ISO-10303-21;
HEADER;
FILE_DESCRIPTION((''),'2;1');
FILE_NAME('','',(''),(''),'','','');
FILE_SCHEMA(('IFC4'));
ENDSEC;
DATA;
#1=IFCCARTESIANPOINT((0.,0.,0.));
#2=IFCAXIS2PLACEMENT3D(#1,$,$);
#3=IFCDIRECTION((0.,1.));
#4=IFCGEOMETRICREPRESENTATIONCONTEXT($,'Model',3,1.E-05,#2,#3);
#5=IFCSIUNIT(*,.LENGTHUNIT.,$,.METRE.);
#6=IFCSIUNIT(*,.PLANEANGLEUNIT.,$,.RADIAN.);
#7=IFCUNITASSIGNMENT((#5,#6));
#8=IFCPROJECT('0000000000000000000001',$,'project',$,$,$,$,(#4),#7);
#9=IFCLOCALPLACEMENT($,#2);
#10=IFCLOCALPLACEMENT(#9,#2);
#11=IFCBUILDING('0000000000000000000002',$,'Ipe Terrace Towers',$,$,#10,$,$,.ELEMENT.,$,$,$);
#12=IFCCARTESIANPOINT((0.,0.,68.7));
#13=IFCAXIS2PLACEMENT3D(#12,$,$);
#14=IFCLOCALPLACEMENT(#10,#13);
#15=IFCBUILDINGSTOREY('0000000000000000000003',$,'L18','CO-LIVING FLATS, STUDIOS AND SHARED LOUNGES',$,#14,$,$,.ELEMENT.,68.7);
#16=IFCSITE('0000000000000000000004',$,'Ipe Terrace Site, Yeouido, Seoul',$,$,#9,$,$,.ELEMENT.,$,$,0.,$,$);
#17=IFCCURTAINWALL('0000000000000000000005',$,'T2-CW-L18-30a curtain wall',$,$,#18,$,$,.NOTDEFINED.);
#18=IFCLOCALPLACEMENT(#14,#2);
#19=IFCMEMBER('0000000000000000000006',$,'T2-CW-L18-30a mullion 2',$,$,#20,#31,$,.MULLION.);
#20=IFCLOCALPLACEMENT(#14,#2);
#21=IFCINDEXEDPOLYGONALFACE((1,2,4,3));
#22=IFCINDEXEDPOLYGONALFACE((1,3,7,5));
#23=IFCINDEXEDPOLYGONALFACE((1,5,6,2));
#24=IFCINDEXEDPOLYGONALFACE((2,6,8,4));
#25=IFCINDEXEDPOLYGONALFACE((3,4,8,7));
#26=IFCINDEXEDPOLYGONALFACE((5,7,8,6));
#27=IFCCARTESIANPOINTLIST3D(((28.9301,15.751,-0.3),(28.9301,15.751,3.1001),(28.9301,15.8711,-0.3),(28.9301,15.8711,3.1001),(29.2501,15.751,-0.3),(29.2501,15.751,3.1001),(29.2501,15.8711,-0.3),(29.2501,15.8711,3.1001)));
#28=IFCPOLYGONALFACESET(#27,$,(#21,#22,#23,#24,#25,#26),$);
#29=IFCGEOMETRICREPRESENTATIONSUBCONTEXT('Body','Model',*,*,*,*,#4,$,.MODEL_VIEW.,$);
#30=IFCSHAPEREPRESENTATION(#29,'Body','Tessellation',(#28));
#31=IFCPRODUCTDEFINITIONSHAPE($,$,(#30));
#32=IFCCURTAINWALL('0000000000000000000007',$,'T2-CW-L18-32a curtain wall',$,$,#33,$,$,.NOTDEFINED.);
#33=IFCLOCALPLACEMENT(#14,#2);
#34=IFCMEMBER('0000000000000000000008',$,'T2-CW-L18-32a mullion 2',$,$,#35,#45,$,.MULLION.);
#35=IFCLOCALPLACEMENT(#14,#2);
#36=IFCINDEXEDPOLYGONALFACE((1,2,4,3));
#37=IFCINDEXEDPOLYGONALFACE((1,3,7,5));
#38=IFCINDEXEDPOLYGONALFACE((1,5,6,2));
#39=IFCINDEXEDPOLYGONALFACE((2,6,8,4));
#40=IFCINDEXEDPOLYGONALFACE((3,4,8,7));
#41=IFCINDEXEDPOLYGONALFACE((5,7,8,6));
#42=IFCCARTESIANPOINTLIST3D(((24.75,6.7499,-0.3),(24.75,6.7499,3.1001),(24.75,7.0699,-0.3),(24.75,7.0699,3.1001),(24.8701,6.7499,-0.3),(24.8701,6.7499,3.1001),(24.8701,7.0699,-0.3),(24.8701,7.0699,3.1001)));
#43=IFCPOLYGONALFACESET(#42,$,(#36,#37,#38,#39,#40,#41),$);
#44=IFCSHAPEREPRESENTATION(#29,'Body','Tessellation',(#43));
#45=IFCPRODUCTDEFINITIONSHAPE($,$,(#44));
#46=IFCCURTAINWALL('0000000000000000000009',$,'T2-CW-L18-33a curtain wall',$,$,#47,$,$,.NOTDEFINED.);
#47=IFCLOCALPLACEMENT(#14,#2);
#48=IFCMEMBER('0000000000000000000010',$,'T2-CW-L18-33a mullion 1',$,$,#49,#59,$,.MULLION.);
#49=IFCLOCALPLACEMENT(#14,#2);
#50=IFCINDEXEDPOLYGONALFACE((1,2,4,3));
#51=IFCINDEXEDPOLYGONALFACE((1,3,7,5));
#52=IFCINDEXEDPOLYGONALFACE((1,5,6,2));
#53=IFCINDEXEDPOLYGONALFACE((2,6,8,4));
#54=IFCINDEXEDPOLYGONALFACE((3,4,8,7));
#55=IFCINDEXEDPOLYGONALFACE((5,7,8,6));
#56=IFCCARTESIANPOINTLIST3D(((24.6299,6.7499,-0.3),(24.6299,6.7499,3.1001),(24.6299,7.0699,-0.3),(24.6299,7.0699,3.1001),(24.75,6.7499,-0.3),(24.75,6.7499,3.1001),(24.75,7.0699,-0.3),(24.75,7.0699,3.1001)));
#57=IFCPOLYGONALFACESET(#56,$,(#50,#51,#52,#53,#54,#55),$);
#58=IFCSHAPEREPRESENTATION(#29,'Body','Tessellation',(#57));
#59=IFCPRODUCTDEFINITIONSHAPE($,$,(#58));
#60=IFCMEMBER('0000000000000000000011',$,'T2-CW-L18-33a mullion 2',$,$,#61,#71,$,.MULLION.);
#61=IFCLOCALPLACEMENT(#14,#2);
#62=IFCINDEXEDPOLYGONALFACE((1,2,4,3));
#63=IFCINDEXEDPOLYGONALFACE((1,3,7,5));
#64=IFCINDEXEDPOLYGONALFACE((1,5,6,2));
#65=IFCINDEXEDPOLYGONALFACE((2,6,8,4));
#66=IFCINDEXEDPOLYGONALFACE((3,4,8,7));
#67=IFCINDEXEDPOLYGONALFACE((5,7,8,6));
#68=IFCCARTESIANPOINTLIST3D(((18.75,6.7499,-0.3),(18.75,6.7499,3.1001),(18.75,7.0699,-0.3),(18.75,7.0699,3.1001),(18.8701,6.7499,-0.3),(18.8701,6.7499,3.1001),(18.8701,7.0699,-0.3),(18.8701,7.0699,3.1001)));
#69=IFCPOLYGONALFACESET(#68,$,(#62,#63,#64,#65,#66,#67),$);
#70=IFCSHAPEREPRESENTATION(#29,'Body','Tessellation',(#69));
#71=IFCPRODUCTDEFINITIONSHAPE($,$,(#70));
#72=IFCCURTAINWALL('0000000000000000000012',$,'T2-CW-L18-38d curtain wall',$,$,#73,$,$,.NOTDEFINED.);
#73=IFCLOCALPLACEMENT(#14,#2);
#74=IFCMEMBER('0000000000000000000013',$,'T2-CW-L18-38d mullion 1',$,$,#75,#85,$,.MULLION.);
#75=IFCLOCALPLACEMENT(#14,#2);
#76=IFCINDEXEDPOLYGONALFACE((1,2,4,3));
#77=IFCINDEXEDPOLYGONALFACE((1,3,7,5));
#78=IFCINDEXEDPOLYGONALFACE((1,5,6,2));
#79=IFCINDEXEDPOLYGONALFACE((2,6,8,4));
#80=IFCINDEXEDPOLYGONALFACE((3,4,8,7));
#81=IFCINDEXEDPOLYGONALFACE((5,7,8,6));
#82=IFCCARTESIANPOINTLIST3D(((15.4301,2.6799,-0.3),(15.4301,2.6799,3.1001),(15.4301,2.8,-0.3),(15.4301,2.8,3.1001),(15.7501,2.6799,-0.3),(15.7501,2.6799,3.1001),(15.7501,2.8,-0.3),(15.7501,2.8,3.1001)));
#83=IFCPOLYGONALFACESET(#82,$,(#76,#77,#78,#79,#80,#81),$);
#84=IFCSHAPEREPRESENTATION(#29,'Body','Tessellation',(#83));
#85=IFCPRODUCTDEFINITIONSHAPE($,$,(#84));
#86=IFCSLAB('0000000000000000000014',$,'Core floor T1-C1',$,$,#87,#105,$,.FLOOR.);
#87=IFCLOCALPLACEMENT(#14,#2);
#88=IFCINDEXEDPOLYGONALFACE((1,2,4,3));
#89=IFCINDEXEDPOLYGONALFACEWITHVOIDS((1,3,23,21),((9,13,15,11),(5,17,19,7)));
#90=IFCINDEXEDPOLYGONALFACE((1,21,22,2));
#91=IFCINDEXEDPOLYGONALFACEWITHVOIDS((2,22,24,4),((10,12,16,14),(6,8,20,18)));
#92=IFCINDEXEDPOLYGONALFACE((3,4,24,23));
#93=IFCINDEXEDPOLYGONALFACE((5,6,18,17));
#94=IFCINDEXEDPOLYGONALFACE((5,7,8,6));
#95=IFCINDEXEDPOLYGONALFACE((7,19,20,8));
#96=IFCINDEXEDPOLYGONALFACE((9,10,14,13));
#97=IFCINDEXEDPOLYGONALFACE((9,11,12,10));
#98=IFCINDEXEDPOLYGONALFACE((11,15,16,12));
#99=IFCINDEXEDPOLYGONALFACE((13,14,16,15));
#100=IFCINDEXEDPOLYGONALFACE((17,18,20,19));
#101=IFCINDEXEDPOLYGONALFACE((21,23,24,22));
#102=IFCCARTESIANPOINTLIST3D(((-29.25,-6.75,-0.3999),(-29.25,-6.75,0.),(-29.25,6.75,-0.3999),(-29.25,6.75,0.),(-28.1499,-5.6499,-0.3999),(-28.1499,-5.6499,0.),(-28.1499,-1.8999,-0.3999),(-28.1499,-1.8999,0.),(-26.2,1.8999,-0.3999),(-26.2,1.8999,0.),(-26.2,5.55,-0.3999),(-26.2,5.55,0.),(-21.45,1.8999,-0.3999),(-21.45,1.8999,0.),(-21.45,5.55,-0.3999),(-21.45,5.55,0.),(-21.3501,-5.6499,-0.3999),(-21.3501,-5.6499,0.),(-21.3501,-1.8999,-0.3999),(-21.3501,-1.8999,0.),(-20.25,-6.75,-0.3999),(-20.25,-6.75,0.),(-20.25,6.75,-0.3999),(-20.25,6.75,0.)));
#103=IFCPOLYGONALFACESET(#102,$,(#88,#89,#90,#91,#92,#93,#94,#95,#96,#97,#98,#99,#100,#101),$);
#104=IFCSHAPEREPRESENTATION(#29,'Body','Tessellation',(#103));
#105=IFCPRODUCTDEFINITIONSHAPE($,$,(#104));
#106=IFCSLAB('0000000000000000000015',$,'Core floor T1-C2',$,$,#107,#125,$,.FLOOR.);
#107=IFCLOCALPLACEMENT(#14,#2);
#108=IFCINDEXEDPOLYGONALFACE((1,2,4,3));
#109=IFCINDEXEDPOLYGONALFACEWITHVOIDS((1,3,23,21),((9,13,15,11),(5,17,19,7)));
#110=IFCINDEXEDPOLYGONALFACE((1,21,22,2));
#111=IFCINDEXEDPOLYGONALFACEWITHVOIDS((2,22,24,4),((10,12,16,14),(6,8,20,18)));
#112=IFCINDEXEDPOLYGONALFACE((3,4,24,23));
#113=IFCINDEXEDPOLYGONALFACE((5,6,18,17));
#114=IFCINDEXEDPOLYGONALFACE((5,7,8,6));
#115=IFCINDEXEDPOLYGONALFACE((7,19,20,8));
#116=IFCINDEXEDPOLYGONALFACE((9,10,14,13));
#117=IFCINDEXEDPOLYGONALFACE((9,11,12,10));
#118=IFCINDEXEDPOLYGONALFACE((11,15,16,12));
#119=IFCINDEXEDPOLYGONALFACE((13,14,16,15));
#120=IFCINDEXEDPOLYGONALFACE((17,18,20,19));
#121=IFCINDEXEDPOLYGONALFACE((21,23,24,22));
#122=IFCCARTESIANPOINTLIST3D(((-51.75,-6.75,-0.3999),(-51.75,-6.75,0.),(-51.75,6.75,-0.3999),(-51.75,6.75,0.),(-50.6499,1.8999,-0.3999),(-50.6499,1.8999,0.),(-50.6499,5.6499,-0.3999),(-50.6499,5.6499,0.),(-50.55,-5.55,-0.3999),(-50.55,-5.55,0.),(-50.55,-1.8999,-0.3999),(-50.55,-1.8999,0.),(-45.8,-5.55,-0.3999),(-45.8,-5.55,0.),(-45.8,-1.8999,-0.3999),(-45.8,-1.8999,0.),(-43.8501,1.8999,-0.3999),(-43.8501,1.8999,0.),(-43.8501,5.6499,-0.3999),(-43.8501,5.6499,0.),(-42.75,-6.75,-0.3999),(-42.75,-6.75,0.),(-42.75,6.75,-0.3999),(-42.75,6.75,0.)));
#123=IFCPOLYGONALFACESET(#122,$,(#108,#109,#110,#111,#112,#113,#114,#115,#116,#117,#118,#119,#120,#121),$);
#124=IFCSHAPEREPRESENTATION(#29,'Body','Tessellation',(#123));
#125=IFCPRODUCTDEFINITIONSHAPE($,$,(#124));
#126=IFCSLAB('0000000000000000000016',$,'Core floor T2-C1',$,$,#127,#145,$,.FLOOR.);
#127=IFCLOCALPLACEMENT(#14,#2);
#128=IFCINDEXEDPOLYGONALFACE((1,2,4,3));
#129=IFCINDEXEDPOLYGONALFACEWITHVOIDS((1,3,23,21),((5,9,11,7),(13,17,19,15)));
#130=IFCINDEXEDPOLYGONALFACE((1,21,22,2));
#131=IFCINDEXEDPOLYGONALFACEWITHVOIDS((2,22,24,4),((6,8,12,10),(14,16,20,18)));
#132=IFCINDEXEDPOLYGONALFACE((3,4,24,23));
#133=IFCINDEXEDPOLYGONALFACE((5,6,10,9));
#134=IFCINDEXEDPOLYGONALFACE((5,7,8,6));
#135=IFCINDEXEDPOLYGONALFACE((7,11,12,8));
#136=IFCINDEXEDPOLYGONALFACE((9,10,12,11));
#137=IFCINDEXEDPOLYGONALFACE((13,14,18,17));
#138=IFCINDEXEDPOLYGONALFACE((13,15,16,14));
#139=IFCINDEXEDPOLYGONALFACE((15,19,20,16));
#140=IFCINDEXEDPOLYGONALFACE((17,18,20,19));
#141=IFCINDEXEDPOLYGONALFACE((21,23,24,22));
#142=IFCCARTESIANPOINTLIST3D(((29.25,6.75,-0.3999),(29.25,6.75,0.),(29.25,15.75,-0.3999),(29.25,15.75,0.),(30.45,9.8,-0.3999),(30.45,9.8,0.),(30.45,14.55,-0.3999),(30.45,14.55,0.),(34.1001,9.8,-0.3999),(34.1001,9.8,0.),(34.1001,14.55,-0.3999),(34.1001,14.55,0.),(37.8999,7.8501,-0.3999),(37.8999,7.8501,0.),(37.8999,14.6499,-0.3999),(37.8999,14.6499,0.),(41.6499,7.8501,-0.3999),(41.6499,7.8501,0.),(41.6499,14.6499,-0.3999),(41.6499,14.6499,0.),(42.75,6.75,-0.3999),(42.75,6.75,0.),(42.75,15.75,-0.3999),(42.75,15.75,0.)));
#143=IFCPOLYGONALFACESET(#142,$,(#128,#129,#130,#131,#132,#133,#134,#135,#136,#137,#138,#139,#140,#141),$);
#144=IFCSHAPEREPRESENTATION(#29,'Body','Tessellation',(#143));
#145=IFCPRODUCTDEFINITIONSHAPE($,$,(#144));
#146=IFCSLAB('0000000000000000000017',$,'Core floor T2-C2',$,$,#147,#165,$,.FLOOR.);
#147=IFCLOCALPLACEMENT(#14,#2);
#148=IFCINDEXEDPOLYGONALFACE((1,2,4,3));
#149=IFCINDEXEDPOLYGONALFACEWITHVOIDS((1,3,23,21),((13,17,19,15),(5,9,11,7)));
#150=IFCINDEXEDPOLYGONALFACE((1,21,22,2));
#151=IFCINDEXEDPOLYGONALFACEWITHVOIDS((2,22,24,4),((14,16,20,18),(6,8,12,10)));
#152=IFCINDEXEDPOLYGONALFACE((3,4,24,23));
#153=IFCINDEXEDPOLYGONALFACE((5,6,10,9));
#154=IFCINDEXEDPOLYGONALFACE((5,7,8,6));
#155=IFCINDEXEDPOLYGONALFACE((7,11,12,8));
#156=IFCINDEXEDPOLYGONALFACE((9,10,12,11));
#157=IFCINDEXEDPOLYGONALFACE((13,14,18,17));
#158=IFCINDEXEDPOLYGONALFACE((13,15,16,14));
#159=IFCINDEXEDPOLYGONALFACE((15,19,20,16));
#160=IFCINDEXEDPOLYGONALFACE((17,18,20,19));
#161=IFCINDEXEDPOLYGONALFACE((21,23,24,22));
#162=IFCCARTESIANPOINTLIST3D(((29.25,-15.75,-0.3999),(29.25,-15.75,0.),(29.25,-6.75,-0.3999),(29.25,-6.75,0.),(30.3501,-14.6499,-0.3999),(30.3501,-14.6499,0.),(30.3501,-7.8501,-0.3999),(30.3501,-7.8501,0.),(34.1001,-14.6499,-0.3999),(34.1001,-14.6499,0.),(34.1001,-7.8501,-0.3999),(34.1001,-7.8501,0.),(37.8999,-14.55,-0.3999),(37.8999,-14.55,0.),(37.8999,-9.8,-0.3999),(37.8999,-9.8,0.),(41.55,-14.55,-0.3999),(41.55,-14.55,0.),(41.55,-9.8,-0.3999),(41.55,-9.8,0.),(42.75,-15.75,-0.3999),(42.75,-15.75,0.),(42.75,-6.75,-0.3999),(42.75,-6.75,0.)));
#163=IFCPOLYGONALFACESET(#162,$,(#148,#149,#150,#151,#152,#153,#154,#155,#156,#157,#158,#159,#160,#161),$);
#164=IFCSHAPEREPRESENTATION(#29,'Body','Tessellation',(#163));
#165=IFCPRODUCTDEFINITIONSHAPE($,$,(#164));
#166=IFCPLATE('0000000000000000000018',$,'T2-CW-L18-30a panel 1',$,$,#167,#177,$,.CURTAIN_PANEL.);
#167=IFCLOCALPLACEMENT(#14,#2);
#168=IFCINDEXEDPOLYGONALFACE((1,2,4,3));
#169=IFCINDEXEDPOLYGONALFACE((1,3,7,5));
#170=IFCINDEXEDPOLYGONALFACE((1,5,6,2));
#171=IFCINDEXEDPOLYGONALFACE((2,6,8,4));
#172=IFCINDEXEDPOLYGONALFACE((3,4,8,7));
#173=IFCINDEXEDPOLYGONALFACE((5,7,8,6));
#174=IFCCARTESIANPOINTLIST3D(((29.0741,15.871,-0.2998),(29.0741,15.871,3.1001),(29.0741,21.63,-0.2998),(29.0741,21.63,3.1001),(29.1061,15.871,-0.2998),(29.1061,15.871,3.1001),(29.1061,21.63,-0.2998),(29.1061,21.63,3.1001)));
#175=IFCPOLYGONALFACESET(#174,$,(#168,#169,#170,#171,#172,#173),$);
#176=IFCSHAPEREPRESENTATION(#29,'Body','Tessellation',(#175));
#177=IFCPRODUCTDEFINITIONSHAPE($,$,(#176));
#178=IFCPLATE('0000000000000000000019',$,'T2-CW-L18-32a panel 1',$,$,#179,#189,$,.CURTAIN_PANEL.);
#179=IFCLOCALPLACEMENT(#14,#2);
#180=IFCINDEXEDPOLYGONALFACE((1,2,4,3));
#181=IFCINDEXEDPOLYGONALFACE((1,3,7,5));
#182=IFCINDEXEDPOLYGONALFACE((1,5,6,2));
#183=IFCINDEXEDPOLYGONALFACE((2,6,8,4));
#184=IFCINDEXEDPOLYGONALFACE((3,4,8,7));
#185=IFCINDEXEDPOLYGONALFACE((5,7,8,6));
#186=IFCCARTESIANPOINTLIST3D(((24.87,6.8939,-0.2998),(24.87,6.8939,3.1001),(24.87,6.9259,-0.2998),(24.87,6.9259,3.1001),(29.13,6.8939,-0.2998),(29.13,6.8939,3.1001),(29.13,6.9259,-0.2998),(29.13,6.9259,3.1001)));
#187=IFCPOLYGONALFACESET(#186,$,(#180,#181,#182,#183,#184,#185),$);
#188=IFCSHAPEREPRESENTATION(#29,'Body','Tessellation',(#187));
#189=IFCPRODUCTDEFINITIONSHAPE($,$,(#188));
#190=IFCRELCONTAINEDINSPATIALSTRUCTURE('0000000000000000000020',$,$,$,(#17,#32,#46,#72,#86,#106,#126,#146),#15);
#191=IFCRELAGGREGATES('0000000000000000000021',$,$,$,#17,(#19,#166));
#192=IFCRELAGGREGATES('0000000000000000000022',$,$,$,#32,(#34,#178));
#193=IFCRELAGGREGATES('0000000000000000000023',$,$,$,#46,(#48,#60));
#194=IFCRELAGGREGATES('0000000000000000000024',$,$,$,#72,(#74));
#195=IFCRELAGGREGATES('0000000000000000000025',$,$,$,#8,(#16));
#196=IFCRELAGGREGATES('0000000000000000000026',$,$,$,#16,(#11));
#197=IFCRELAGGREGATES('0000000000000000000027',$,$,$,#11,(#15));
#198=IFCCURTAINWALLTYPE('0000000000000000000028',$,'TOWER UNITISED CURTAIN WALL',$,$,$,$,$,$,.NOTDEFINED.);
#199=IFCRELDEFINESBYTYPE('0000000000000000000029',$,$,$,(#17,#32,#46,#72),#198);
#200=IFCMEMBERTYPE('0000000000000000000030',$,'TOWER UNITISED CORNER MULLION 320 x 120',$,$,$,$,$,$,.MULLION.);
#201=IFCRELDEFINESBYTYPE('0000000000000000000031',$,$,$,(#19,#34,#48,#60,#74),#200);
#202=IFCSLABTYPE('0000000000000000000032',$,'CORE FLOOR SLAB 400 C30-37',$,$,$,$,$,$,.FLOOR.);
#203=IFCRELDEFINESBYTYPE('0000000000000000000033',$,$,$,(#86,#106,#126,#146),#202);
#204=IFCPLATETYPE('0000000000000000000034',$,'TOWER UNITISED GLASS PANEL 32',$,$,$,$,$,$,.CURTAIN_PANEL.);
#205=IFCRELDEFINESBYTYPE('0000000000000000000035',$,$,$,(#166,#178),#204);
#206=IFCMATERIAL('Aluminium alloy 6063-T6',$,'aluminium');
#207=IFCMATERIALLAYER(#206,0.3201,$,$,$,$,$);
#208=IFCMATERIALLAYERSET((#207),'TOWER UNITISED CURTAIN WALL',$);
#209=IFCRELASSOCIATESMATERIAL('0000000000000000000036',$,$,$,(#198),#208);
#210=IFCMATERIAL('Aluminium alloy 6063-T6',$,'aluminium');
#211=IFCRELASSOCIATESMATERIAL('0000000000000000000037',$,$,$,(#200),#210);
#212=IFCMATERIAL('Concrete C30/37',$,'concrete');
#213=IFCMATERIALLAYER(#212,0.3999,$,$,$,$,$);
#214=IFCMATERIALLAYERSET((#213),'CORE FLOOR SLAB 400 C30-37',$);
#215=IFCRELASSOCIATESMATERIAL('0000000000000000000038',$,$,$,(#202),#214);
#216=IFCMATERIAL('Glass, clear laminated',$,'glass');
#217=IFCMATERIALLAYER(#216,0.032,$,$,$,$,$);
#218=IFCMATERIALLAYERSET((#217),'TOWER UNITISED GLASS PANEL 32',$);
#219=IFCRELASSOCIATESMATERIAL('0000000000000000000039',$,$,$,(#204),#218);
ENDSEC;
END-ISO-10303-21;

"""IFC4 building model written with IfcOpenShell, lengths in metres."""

from ifc_helpers import new_model, si_unit, direction, frame, origin, origin_2d, place, context, subcontext, project, spatial, polyline, rectangle, outline, extrude, material, layer, layer_set, material_profile, profile_set, type_object, element, aggregate, save


model = new_model("IFC4")

# Units and contexts
model_context = context("Model", 3, precision=1e-05, world=origin(), true_north=direction((0.0, 1.0)))
body_context = subcontext(model_context, "Body", "Model", "MODEL_VIEW")
ifc_project = project(units=[si_unit("LENGTHUNIT", "METRE"), si_unit("PLANEANGLEUNIT", "RADIAN")], contexts=[model_context])

# Site, building, storey
site_placement = place(None, origin())
site = spatial("IfcSite", under=ifc_project, at=site_placement, Name="Ipe Terrace Site, Yeouido, Seoul", CompositionType="ELEMENT", RefElevation=0.0)
building_placement = place(site_placement, origin())
building = spatial("IfcBuilding", under=site, at=building_placement, Name="Ipe Terrace Towers", CompositionType="ELEMENT")
storey_placement = place(building_placement, frame((0.0, 0.0, 68.7)))
storey = spatial("IfcBuildingStorey", under=building, at=storey_placement, Name="L18", Description="CO-LIVING FLATS, STUDIOS AND SHARED LOUNGES", CompositionType="ELEMENT", Elevation=68.7)

# Curtain walls, members
ifc_material_1 = material(Name="Aluminium alloy 6063-T6", Category="aluminium")
ifc_layer_1 = layer(ifc_material_1, 0.3201)
ifc_layer_set_1 = layer_set([ifc_layer_1], Name="TOWER UNITISED CURTAIN WALL")
curtain_wall_type = type_object("IfcCurtainWallType", Name="TOWER UNITISED CURTAIN WALL", PredefinedType="NOTDEFINED", material=ifc_layer_set_1)
curtain_wall_1_placement = place(storey_placement, origin())
curtain_wall_1 = element("IfcCurtainWall", 1, at=curtain_wall_1_placement, inside=storey, type_object=curtain_wall_type, Name="T2-CW-L18-30a curtain wall", PredefinedType="NOTDEFINED")
ifc_material_2 = material(Name="Aluminium alloy 6063-T6", Category="aluminium")
ifc_material_profile_1 = material_profile(ifc_material_2, rectangle(XDim=0.3201, YDim=0.1201, at=origin_2d()), Name="TOWER UNITISED CORNER MULLION 320 x 120")
ifc_profile_set_1 = profile_set([ifc_material_profile_1], Name="Aluminium alloy 6063-T6")
member_type_1 = type_object("IfcMemberType", Name="TOWER UNITISED CORNER MULLION 320 x 120", PredefinedType="MULLION", material=ifc_profile_set_1)
member_1_placement = place(storey_placement, frame((29.0901, 15.811, -0.3), z_axis=(0.0, 0.0, 1.0), x_axis=(-1.0, 0.0, 0.0)))
member_1 = element("IfcMember", 2, at=member_1_placement, type_object=member_type_1, Name="T2-CW-L18-30a mullion 2", PredefinedType="MULLION", context=body_context, shape_type="SweptSolid", body=[
    extrude(rectangle(XDim=0.3201, YDim=0.1201, at=origin_2d()), origin(), (0.0, 0.0, 1.0), 3.4001),
])
curtain_wall_2_placement = place(storey_placement, origin())
curtain_wall_2 = element("IfcCurtainWall", 3, at=curtain_wall_2_placement, inside=storey, type_object=curtain_wall_type, Name="T2-CW-L18-32a curtain wall", PredefinedType="NOTDEFINED")
member_2_placement = place(storey_placement, frame((24.8101, 6.9099, -0.3), z_axis=(0.0, 0.0, 1.0), x_axis=(0.0, 1.0, 0.0)))
member_2 = element("IfcMember", 4, at=member_2_placement, type_object=member_type_1, Name="T2-CW-L18-32a mullion 2", PredefinedType="MULLION", context=body_context, shape_type="SweptSolid", body=[
    extrude(rectangle(XDim=0.3201, YDim=0.1201, at=origin_2d()), origin(), (0.0, 0.0, 1.0), 3.4001),
])

# Curtain wall, members
curtain_wall_3_placement = place(storey_placement, origin())
curtain_wall_3 = element("IfcCurtainWall", 5, at=curtain_wall_3_placement, inside=storey, type_object=curtain_wall_type, Name="T2-CW-L18-33a curtain wall", PredefinedType="NOTDEFINED")
member_3_placement = place(storey_placement, frame((24.6899, 6.9099, -0.3), z_axis=(0.0, 0.0, 1.0), x_axis=(0.0, 1.0, 0.0)))
member_3 = element("IfcMember", 6, at=member_3_placement, type_object=member_type_1, Name="T2-CW-L18-33a mullion 1", PredefinedType="MULLION", context=body_context, shape_type="SweptSolid", body=[
    extrude(rectangle(XDim=0.3201, YDim=0.1201, at=origin_2d()), origin(), (0.0, 0.0, 1.0), 3.4001),
])
member_4_placement = place(storey_placement, frame((18.8101, 6.9099, -0.3), z_axis=(0.0, 0.0, 1.0), x_axis=(0.0, 1.0, 0.0)))
member_4 = element("IfcMember", 7, at=member_4_placement, type_object=member_type_1, Name="T2-CW-L18-33a mullion 2", PredefinedType="MULLION", context=body_context, shape_type="SweptSolid", body=[
    extrude(rectangle(XDim=0.3201, YDim=0.1201, at=origin_2d()), origin(), (0.0, 0.0, 1.0), 3.4001),
])

# Curtain wall, member
curtain_wall_4_placement = place(storey_placement, origin())
curtain_wall_4 = element("IfcCurtainWall", 8, at=curtain_wall_4_placement, inside=storey, type_object=curtain_wall_type, Name="T2-CW-L18-38d curtain wall", PredefinedType="NOTDEFINED")
member_5_placement = place(storey_placement, frame((15.5901, 2.74, -0.3), z_axis=(0.0, 0.0, 1.0), x_axis=(-1.0, 0.0, 0.0)))
member_5 = element("IfcMember", 9, at=member_5_placement, type_object=member_type_1, Name="T2-CW-L18-38d mullion 1", PredefinedType="MULLION", context=body_context, shape_type="SweptSolid", body=[
    extrude(rectangle(XDim=0.3201, YDim=0.1201, at=origin_2d()), origin(), (0.0, 0.0, 1.0), 3.4001),
])

# Slabs
ifc_material_3 = material(Name="Concrete C30/37", Category="concrete")
ifc_layer_2 = layer(ifc_material_3, 0.3999)
ifc_layer_set_2 = layer_set([ifc_layer_2], Name="CORE FLOOR SLAB 400 C30-37")
slab_type = type_object("IfcSlabType", Name="CORE FLOOR SLAB 400 C30-37", PredefinedType="FLOOR", material=ifc_layer_set_2)
slab_1_placement = place(storey_placement, frame((0.0, 0.0, -0.3999)))
element("IfcSlab", 10, at=slab_1_placement, inside=storey, type_object=slab_type, Name="Core floor T1-C1", PredefinedType="FLOOR", context=body_context, shape_type="SweptSolid", body=[
    extrude(outline(polyline([(-29.25, -6.75), (-29.25, 6.75), (-20.25, 6.75), (-20.25, -6.75), (-29.25, -6.75)]), holes=[polyline([(-28.1499, -5.6499), (-21.3501, -5.6499), (-21.3501, -1.8999), (-28.1499, -1.8999), (-28.1499, -5.6499)]), polyline([(-26.2, 5.55), (-26.2, 1.8999), (-21.45, 1.8999), (-21.45, 5.55), (-26.2, 5.55)])]), origin(), (0.0, 0.0, 1.0), 0.3999),
])
slab_2_placement = place(storey_placement, frame((0.0, 0.0, -0.3999)))
element("IfcSlab", 11, at=slab_2_placement, inside=storey, type_object=slab_type, Name="Core floor T1-C2", PredefinedType="FLOOR", context=body_context, shape_type="SweptSolid", body=[
    extrude(outline(polyline([(-51.75, -6.75), (-51.75, 6.75), (-42.75, 6.75), (-42.75, -6.75), (-51.75, -6.75)]), holes=[polyline([(-45.8, -5.55), (-45.8, -1.8999), (-50.55, -1.8999), (-50.55, -5.55), (-45.8, -5.55)]), polyline([(-50.6499, 1.8999), (-43.8501, 1.8999), (-43.8501, 5.6499), (-50.6499, 5.6499), (-50.6499, 1.8999)])]), origin(), (0.0, 0.0, 1.0), 0.3999),
])
slab_3_placement = place(storey_placement, frame((0.0, 0.0, -0.3999)))
element("IfcSlab", 12, at=slab_3_placement, inside=storey, type_object=slab_type, Name="Core floor T2-C1", PredefinedType="FLOOR", context=body_context, shape_type="SweptSolid", body=[
    extrude(outline(polyline([(29.25, 6.75), (29.25, 15.75), (42.75, 15.75), (42.75, 6.75), (29.25, 6.75)]), holes=[polyline([(41.6499, 7.8501), (41.6499, 14.6499), (37.8999, 14.6499), (37.8999, 7.8501), (41.6499, 7.8501)]), polyline([(30.45, 9.8), (34.1001, 9.8), (34.1001, 14.55), (30.45, 14.55), (30.45, 9.8)])]), origin(), (0.0, 0.0, 1.0), 0.3999),
])
slab_4_placement = place(storey_placement, frame((0.0, 0.0, -0.3999)))
element("IfcSlab", 13, at=slab_4_placement, inside=storey, type_object=slab_type, Name="Core floor T2-C2", PredefinedType="FLOOR", context=body_context, shape_type="SweptSolid", body=[
    extrude(outline(polyline([(29.25, -15.75), (29.25, -6.75), (42.75, -6.75), (42.75, -15.75), (29.25, -15.75)]), holes=[polyline([(34.1001, -14.6499), (34.1001, -7.8501), (30.3501, -7.8501), (30.3501, -14.6499), (34.1001, -14.6499)]), polyline([(41.55, -9.8), (37.8999, -9.8), (37.8999, -14.55), (41.55, -14.55), (41.55, -9.8)])]), origin(), (0.0, 0.0, 1.0), 0.3999),
])

# Plates
ifc_material_4 = material(Name="Glass, clear laminated", Category="glass")
ifc_layer_3 = layer(ifc_material_4, 0.032)
ifc_layer_set_3 = layer_set([ifc_layer_3], Name="TOWER UNITISED GLASS PANEL 32")
plate_type = type_object("IfcPlateType", Name="TOWER UNITISED GLASS PANEL 32", PredefinedType="CURTAIN_PANEL", material=ifc_layer_set_3)
plate_1_placement = place(storey_placement, frame((29.0901, 18.7505, -0.2998), z_axis=(0.0, 0.0, 1.0), x_axis=(0.0, -1.0, 0.0)))
plate_1 = element("IfcPlate", 14, at=plate_1_placement, type_object=plate_type, Name="T2-CW-L18-30a panel 1", PredefinedType="CURTAIN_PANEL", context=body_context, shape_type="SweptSolid", body=[
    extrude(rectangle(XDim=5.759, YDim=0.032, at=origin_2d()), origin(), (0.0, 0.0, 1.0), 3.3999),
])
aggregate(curtain_wall_1, [member_1, plate_1])
plate_2_placement = place(storey_placement, frame((27.0, 6.9099, -0.2998), z_axis=(0.0, 0.0, 1.0), x_axis=(-1.0, 0.0, 0.0)))
plate_2 = element("IfcPlate", 15, at=plate_2_placement, type_object=plate_type, Name="T2-CW-L18-32a panel 1", PredefinedType="CURTAIN_PANEL", context=body_context, shape_type="SweptSolid", body=[
    extrude(rectangle(XDim=4.26, YDim=0.032, at=origin_2d()), origin(), (0.0, 0.0, 1.0), 3.3999),
])
aggregate(curtain_wall_2, [member_2, plate_2])
aggregate(curtain_wall_3, [member_3, member_4])
aggregate(curtain_wall_4, [member_5])

save(model, "model.ifc")
